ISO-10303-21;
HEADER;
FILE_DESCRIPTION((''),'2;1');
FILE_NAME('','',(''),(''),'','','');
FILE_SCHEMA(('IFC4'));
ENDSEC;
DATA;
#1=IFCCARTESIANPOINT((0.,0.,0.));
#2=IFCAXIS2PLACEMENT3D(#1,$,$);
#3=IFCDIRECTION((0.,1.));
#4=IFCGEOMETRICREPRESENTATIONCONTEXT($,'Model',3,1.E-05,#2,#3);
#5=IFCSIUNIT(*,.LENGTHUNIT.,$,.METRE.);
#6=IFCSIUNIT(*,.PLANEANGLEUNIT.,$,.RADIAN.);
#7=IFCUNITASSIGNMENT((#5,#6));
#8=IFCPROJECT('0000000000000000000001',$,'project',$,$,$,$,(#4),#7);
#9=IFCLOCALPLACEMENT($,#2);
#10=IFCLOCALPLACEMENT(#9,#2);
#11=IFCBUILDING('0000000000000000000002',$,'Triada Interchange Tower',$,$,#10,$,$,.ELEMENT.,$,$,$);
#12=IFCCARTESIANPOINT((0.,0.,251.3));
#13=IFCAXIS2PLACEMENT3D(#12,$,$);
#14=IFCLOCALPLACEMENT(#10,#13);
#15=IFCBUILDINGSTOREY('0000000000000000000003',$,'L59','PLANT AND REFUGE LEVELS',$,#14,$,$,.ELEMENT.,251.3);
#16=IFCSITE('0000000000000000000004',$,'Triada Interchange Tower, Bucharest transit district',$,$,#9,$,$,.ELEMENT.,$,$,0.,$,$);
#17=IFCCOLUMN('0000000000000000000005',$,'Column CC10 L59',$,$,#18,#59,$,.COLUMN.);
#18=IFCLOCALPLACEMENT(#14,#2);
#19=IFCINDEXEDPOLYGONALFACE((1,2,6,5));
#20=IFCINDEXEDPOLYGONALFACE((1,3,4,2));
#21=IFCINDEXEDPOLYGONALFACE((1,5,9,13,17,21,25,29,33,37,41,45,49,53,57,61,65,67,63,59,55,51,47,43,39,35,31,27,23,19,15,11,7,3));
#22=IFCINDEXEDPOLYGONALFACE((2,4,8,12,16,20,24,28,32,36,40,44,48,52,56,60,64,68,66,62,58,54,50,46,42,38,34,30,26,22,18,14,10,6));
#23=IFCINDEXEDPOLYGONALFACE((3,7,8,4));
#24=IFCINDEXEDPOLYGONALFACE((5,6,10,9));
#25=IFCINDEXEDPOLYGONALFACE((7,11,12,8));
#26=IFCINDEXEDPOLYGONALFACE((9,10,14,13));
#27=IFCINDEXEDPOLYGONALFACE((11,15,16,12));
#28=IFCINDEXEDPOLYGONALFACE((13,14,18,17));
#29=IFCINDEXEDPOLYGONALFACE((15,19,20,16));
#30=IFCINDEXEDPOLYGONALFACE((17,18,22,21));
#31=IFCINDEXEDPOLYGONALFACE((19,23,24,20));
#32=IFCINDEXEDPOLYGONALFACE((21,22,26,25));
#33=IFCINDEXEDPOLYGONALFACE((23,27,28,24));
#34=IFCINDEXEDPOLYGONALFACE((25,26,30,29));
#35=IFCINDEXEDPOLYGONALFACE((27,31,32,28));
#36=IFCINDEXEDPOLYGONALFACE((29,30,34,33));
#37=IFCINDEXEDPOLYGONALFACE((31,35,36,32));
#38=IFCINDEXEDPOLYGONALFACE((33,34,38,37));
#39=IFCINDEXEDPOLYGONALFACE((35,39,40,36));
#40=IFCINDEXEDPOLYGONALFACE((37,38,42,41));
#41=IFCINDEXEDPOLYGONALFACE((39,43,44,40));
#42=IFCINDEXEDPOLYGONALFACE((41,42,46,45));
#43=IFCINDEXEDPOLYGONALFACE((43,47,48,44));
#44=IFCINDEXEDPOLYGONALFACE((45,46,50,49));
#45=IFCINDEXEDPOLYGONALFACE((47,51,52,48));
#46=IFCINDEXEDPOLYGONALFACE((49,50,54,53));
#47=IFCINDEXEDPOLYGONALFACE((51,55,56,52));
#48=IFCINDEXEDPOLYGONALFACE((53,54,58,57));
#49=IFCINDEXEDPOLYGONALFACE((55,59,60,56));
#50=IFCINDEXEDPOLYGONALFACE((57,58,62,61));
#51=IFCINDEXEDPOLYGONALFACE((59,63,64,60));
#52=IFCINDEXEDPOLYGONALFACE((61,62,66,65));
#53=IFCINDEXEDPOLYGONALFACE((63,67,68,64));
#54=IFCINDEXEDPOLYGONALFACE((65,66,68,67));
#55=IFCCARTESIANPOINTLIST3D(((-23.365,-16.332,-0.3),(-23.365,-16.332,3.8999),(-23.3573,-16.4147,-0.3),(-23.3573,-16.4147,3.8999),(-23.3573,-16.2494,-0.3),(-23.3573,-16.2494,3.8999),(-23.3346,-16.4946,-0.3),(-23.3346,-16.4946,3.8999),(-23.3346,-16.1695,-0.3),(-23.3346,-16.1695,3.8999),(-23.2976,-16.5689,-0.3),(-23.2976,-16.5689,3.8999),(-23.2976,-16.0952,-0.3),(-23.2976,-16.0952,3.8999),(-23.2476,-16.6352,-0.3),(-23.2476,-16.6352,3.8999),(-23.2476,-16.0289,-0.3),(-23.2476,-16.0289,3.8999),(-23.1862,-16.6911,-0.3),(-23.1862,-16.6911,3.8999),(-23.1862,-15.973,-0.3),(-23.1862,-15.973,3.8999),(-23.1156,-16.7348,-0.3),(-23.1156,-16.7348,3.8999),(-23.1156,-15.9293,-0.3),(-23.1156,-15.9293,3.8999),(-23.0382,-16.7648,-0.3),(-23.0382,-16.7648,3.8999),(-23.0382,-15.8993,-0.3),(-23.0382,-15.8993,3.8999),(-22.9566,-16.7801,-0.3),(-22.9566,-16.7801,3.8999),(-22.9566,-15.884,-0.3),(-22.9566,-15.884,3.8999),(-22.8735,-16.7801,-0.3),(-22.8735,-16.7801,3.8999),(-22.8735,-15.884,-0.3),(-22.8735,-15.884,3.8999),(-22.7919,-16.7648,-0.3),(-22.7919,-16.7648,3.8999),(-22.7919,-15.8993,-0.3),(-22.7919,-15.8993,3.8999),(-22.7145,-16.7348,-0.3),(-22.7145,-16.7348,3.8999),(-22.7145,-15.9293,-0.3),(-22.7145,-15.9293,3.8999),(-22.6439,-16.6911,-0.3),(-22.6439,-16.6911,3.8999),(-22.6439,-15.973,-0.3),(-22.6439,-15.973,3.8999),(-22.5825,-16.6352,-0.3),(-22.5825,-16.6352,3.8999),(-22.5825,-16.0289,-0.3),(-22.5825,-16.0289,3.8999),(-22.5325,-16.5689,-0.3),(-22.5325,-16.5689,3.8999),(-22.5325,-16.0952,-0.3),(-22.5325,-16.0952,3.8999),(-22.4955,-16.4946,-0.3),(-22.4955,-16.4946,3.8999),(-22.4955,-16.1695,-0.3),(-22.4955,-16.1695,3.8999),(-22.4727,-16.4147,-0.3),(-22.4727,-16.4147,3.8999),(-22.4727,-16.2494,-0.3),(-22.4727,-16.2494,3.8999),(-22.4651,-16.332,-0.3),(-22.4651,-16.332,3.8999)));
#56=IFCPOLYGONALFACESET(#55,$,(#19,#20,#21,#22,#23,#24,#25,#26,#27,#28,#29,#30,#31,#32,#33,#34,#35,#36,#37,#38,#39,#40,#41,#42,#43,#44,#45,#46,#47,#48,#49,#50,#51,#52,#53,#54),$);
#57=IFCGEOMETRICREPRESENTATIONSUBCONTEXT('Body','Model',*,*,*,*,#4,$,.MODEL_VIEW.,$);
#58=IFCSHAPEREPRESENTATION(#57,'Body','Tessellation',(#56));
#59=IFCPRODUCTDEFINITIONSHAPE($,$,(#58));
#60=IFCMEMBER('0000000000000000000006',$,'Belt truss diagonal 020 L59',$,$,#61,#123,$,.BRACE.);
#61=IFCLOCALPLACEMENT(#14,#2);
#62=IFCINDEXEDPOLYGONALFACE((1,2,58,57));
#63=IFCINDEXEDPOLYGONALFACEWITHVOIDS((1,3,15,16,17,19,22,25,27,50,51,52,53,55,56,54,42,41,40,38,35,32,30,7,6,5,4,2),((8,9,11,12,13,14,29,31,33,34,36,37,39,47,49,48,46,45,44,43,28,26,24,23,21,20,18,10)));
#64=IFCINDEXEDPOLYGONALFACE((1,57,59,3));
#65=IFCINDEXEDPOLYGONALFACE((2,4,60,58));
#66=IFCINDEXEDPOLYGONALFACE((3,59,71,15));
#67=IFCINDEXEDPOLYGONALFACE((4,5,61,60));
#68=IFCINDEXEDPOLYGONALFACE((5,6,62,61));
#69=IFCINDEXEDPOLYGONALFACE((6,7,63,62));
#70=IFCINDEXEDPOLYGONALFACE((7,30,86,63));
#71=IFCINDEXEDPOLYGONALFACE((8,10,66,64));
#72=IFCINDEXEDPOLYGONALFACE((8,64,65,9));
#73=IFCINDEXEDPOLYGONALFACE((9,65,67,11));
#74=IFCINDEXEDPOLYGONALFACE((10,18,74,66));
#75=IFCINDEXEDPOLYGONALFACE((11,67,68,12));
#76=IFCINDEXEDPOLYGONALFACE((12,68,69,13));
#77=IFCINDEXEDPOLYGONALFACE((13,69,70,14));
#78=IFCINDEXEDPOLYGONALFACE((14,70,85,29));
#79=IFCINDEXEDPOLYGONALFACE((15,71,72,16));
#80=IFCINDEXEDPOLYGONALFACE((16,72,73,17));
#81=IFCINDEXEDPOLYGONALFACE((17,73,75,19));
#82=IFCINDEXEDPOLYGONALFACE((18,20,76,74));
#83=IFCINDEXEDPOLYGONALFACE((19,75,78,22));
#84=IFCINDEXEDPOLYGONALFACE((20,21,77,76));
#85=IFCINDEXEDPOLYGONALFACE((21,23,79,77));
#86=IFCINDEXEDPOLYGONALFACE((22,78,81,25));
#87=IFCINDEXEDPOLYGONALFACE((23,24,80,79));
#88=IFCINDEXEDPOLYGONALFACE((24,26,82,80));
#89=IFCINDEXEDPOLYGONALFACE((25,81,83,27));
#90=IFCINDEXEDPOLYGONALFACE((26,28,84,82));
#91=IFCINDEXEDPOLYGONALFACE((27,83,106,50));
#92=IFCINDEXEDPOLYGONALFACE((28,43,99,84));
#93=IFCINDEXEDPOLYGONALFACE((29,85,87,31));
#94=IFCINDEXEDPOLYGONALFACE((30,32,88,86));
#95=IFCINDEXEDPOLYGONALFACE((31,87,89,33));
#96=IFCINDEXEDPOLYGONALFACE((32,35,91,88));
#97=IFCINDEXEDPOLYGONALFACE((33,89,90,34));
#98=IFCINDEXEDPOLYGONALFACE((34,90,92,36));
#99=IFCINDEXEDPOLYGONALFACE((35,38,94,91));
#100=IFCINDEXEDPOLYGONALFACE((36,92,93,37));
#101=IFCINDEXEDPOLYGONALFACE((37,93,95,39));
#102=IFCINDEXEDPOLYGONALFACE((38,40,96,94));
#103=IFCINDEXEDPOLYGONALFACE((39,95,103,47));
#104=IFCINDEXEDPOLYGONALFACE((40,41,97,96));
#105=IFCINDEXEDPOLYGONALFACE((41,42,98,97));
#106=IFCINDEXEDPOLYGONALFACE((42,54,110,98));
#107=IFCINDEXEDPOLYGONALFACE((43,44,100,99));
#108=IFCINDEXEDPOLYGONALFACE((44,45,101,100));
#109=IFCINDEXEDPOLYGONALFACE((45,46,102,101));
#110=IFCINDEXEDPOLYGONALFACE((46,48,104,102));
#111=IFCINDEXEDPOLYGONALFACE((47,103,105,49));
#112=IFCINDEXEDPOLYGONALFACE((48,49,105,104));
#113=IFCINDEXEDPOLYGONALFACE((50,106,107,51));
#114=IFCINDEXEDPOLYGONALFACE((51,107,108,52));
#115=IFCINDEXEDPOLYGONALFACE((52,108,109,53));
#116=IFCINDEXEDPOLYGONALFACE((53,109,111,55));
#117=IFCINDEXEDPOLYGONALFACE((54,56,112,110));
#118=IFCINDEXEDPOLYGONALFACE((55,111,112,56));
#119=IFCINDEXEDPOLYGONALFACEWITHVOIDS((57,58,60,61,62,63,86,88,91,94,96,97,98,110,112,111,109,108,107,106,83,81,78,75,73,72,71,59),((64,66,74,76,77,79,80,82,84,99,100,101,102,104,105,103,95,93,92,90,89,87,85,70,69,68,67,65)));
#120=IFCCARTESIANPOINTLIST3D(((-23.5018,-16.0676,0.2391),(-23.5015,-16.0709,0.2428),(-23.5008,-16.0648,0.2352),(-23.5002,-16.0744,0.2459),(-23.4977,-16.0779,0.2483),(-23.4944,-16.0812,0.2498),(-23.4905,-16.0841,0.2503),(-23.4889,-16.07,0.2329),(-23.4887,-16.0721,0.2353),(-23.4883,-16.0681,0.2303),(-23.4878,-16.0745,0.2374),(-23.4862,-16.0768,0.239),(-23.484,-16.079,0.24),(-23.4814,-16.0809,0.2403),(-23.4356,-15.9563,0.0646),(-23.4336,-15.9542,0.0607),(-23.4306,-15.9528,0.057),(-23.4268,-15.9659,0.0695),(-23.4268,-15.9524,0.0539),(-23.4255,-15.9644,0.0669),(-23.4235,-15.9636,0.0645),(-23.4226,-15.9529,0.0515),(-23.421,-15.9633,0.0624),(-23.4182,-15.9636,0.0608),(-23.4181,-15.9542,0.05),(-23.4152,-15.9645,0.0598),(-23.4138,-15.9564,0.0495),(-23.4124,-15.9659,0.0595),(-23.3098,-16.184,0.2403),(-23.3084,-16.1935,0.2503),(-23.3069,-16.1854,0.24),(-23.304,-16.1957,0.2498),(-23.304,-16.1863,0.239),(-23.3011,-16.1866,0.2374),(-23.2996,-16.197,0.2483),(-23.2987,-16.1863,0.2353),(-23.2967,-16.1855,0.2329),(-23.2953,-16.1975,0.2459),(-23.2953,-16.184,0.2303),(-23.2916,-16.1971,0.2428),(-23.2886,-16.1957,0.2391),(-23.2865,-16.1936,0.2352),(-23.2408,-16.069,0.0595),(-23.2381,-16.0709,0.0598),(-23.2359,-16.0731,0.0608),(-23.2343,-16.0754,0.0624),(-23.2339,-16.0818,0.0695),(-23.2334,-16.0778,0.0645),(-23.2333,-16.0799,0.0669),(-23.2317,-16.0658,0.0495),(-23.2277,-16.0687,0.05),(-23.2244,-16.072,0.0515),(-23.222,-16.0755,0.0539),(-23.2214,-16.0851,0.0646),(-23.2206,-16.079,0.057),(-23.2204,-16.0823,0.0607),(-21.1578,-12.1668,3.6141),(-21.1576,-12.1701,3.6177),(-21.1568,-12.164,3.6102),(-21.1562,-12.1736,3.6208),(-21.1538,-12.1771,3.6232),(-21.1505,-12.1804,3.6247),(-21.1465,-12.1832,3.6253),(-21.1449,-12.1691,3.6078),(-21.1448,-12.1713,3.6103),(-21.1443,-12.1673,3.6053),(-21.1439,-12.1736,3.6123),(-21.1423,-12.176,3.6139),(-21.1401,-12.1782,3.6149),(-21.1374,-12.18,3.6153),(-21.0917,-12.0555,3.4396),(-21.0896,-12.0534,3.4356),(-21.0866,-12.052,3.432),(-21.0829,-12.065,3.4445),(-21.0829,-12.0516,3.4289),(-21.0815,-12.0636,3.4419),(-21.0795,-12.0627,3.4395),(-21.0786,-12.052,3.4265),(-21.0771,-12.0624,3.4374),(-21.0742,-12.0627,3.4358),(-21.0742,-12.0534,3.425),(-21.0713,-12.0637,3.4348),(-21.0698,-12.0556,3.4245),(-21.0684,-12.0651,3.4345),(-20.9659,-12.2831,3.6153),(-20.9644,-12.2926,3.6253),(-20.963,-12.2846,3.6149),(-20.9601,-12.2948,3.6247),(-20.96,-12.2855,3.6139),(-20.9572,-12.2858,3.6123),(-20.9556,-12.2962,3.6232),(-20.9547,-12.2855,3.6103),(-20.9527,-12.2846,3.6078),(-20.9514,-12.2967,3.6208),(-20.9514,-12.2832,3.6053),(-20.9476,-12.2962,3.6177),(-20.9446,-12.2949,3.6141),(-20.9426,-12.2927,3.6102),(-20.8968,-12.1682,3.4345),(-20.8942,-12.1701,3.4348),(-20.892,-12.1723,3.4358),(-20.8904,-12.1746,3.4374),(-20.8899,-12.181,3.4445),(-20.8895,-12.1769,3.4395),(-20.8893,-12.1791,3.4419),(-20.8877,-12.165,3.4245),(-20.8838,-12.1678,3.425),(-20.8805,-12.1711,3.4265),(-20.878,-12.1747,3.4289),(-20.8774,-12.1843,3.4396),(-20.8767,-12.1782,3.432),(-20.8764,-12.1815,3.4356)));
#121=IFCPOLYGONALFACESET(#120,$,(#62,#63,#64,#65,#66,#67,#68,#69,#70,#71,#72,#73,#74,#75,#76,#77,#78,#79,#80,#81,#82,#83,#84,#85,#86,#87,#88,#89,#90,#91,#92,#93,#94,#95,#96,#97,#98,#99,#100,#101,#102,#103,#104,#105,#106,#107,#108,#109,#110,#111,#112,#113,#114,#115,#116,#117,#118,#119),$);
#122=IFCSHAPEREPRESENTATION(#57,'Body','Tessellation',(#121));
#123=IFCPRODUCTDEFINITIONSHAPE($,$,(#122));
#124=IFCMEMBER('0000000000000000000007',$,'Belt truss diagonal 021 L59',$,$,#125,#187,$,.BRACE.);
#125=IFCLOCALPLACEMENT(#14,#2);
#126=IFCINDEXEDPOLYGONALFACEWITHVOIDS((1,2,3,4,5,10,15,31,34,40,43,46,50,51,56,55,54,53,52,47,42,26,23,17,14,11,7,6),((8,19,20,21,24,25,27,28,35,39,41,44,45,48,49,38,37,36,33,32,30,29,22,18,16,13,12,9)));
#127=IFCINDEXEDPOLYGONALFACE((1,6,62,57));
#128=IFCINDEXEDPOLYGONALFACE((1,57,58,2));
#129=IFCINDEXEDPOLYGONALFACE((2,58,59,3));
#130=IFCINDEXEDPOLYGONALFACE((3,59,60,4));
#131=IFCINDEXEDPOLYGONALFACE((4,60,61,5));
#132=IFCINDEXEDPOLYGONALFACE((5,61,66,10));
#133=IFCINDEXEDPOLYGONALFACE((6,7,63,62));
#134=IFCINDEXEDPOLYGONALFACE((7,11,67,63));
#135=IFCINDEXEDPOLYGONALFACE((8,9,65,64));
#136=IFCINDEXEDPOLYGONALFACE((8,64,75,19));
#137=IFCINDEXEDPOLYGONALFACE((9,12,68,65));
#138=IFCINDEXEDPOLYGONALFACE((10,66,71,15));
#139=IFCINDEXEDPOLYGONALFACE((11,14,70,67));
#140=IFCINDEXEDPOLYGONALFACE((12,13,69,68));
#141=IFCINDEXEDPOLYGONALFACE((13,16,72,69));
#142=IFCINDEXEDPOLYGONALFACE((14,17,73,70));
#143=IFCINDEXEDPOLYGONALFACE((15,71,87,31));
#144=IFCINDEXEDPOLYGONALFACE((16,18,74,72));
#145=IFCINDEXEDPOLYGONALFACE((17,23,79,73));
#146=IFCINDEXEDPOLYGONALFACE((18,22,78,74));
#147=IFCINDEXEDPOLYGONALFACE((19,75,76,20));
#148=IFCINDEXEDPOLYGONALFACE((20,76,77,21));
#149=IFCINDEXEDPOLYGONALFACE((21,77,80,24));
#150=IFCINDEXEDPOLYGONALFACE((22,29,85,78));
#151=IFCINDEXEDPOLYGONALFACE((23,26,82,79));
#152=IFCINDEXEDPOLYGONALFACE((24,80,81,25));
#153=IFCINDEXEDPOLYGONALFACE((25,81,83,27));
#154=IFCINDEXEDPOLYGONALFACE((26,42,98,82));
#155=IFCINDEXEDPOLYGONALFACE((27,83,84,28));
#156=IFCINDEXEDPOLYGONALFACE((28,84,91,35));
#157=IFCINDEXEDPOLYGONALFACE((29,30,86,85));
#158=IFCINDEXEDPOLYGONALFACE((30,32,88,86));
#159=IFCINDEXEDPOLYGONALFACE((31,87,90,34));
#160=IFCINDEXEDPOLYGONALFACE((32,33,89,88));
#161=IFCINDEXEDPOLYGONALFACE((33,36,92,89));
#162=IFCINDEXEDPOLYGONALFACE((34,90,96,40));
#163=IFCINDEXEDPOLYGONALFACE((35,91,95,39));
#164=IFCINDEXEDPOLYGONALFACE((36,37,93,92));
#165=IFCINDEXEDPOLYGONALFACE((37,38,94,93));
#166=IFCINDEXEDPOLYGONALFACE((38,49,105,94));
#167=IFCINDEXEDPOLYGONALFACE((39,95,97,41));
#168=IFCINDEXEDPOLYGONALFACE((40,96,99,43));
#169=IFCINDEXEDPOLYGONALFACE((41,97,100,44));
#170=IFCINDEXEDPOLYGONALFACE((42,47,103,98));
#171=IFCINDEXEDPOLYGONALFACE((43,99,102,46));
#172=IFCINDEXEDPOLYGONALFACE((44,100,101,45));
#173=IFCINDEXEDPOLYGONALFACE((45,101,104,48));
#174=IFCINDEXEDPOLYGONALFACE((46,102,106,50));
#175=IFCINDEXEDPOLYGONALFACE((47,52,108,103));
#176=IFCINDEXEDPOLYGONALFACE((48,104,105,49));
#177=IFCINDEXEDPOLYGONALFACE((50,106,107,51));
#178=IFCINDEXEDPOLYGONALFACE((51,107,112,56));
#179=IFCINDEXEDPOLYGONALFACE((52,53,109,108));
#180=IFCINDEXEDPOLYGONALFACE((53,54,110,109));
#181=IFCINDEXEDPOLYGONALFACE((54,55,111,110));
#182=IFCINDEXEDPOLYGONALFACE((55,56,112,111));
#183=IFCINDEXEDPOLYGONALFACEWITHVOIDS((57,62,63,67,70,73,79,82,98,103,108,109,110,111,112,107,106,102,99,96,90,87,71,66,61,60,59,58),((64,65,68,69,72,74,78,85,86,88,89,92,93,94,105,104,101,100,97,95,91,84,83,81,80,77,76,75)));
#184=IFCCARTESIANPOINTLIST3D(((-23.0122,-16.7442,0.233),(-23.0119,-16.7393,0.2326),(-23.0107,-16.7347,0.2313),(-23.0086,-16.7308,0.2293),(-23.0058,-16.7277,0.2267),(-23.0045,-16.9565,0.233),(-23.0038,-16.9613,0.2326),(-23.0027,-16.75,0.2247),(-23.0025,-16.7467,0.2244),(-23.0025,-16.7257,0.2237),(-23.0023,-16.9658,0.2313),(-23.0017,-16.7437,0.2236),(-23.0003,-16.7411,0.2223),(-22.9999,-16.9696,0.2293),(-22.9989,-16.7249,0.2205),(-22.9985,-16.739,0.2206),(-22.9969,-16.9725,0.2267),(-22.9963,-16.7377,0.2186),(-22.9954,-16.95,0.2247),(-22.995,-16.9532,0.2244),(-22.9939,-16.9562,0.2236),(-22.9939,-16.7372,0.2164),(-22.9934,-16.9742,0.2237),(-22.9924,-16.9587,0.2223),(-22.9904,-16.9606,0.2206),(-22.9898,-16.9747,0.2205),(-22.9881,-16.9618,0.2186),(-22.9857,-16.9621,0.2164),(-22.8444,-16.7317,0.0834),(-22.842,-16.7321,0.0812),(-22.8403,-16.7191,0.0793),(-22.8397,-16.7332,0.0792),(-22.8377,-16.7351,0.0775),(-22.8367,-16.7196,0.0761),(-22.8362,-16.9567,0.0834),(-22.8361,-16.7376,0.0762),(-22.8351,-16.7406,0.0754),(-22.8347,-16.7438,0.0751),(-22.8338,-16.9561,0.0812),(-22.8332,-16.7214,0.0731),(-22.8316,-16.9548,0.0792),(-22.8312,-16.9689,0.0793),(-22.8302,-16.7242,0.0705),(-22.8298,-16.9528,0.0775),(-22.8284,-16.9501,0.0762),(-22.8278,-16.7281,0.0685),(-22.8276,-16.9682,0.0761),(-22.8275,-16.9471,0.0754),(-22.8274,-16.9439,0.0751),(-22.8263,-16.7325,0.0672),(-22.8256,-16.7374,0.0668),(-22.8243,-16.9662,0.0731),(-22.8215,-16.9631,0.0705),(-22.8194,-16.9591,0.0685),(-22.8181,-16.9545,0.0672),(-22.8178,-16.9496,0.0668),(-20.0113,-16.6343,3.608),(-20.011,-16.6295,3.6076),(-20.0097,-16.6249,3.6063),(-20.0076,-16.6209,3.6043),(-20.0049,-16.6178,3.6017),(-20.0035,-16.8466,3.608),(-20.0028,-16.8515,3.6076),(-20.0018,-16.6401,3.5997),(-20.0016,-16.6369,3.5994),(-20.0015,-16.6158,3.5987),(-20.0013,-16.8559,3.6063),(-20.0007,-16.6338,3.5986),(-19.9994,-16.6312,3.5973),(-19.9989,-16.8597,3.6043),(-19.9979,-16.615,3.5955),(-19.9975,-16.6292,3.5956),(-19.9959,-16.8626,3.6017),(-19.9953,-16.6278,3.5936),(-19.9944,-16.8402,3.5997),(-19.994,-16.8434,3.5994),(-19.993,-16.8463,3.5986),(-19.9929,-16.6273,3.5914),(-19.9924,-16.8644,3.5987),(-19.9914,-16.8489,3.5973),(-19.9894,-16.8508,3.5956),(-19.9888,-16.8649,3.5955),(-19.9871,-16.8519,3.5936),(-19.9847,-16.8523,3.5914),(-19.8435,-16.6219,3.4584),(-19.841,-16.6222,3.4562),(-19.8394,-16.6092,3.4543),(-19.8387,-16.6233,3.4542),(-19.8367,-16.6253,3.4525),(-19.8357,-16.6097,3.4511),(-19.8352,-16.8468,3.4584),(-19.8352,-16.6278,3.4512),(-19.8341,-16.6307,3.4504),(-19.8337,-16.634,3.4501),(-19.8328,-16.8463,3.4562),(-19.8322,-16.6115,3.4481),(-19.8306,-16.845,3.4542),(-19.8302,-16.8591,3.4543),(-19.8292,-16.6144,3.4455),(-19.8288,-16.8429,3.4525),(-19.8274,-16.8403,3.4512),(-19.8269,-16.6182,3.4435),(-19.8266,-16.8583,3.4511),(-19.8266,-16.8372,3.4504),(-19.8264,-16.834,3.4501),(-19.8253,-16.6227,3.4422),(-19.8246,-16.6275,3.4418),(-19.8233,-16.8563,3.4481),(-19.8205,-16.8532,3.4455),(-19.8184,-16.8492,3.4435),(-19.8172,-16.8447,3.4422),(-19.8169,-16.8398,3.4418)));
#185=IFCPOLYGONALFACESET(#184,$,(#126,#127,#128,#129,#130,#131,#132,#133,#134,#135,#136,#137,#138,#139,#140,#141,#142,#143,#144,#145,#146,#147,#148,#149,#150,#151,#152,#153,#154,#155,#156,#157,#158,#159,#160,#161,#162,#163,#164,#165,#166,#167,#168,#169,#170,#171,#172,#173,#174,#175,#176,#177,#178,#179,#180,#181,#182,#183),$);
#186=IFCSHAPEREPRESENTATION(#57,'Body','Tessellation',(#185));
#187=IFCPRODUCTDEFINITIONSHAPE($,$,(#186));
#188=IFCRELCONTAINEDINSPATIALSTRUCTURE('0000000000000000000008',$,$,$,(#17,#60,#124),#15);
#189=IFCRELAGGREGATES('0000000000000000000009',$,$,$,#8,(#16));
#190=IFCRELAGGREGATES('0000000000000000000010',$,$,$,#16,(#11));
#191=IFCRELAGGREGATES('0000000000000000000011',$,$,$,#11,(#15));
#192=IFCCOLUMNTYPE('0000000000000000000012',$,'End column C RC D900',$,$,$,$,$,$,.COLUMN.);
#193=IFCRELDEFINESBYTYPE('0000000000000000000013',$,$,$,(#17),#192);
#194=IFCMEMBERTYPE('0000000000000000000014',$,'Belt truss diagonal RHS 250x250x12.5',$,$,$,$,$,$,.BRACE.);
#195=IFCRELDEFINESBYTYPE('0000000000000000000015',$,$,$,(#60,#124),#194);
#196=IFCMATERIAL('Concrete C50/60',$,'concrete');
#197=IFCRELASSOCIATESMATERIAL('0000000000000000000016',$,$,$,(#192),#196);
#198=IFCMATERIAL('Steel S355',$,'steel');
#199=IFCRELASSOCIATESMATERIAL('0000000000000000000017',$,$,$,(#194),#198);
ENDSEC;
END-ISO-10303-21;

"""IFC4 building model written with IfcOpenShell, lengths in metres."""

from ifc_helpers import new_model, si_unit, direction, frame, origin, origin_2d, place, context, subcontext, project, spatial, hollow_rectangle, circle, extrude, material, material_profile, profile_set, type_object, element, save


model = new_model("IFC4")

# Units and contexts
model_context = context("Model", 3, precision=1e-05, world=origin(), true_north=direction((0.0, 1.0)))
body_context = subcontext(model_context, "Body", "Model", "MODEL_VIEW")
ifc_project = project(units=[si_unit("LENGTHUNIT", "METRE"), si_unit("PLANEANGLEUNIT", "RADIAN")], contexts=[model_context])

# Site, building, storey
site_placement = place(None, origin())
site = spatial("IfcSite", under=ifc_project, at=site_placement, Name="Triada Interchange Tower, Bucharest transit district", CompositionType="ELEMENT", RefElevation=0.0)
building_placement = place(site_placement, origin())
building = spatial("IfcBuilding", under=site, at=building_placement, Name="Triada Interchange Tower", CompositionType="ELEMENT")
storey_placement = place(building_placement, frame((0.0, 0.0, 251.3)))
storey = spatial("IfcBuildingStorey", under=building, at=storey_placement, Name="L59", Description="PLANT AND REFUGE LEVELS", CompositionType="ELEMENT", Elevation=251.3)

# Column
ifc_material_1 = material(Name="Concrete C50/60", Category="concrete")
ifc_material_profile_1 = material_profile(ifc_material_1, circle(Radius=0.45, at=origin_2d()), Name="RC D900")
ifc_profile_set_1 = profile_set([ifc_material_profile_1], Name="Concrete C50/60")
column_type = type_object("IfcColumnType", Name="End column C RC D900", PredefinedType="COLUMN", material=ifc_profile_set_1)
column_placement = place(storey_placement, frame((-22.915, -16.332, -0.3), z_axis=(0.0, 0.0, 1.0), x_axis=(1.0, 0.0, 0.0)))
element("IfcColumn", 1, at=column_placement, inside=storey, type_object=column_type, Name="Column CC10 L59", PredefinedType="COLUMN", context=body_context, shape_type="SweptSolid", body=[
    extrude(circle(Radius=0.45, at=origin_2d()), origin(), (0.0, 0.0, 1.0), 4.2),
])

# Members
ifc_material_2 = material(Name="Steel S355", Category="steel")
ifc_material_profile_2 = material_profile(ifc_material_2, hollow_rectangle(XDim=0.25, YDim=0.25, WallThickness=0.0125, InnerFilletRadius=0.0125, OuterFilletRadius=0.0188, at=origin_2d()), Name="RHS 250x250x12.5")
ifc_profile_set_2 = profile_set([ifc_material_profile_2], Name="Steel S355")
member_type = type_object("IfcMemberType", Name="Belt truss diagonal RHS 250x250x12.5", PredefinedType="BRACE", material=ifc_profile_set_2)
member_1_placement = place(storey_placement, frame((-23.3611, -16.075, 0.1499), z_axis=(0.413706, 0.68849, 0.595675), x_axis=(-0.857157, 0.515056, 0.0)))
element("IfcMember", 2, at=member_1_placement, inside=storey, type_object=member_type, Name="Belt truss diagonal 020 L59", PredefinedType="BRACE", context=body_context, shape_type="SweptSolid", body=[
    extrude(hollow_rectangle(XDim=0.25, YDim=0.25, WallThickness=0.0125, InnerFilletRadius=0.0125, OuterFilletRadius=0.0188, at=origin_2d()), origin(), (0.0, 0.0, 1.0), 5.6658),
])
member_2_placement = place(storey_placement, frame((-22.915, -16.8469, 0.1499), z_axis=(0.664288, 0.024319, 0.747081), x_axis=(-0.036585, 0.999331, 0.0)))
element("IfcMember", 3, at=member_2_placement, inside=storey, type_object=member_type, Name="Belt truss diagonal 021 L59", PredefinedType="BRACE", context=body_context, shape_type="SweptSolid", body=[
    extrude(hollow_rectangle(XDim=0.25, YDim=0.25, WallThickness=0.0125, InnerFilletRadius=0.0125, OuterFilletRadius=0.0188, at=origin_2d()), origin(), (0.0, 0.0, 1.0), 4.5176),
])

save(model, "model.ifc")
